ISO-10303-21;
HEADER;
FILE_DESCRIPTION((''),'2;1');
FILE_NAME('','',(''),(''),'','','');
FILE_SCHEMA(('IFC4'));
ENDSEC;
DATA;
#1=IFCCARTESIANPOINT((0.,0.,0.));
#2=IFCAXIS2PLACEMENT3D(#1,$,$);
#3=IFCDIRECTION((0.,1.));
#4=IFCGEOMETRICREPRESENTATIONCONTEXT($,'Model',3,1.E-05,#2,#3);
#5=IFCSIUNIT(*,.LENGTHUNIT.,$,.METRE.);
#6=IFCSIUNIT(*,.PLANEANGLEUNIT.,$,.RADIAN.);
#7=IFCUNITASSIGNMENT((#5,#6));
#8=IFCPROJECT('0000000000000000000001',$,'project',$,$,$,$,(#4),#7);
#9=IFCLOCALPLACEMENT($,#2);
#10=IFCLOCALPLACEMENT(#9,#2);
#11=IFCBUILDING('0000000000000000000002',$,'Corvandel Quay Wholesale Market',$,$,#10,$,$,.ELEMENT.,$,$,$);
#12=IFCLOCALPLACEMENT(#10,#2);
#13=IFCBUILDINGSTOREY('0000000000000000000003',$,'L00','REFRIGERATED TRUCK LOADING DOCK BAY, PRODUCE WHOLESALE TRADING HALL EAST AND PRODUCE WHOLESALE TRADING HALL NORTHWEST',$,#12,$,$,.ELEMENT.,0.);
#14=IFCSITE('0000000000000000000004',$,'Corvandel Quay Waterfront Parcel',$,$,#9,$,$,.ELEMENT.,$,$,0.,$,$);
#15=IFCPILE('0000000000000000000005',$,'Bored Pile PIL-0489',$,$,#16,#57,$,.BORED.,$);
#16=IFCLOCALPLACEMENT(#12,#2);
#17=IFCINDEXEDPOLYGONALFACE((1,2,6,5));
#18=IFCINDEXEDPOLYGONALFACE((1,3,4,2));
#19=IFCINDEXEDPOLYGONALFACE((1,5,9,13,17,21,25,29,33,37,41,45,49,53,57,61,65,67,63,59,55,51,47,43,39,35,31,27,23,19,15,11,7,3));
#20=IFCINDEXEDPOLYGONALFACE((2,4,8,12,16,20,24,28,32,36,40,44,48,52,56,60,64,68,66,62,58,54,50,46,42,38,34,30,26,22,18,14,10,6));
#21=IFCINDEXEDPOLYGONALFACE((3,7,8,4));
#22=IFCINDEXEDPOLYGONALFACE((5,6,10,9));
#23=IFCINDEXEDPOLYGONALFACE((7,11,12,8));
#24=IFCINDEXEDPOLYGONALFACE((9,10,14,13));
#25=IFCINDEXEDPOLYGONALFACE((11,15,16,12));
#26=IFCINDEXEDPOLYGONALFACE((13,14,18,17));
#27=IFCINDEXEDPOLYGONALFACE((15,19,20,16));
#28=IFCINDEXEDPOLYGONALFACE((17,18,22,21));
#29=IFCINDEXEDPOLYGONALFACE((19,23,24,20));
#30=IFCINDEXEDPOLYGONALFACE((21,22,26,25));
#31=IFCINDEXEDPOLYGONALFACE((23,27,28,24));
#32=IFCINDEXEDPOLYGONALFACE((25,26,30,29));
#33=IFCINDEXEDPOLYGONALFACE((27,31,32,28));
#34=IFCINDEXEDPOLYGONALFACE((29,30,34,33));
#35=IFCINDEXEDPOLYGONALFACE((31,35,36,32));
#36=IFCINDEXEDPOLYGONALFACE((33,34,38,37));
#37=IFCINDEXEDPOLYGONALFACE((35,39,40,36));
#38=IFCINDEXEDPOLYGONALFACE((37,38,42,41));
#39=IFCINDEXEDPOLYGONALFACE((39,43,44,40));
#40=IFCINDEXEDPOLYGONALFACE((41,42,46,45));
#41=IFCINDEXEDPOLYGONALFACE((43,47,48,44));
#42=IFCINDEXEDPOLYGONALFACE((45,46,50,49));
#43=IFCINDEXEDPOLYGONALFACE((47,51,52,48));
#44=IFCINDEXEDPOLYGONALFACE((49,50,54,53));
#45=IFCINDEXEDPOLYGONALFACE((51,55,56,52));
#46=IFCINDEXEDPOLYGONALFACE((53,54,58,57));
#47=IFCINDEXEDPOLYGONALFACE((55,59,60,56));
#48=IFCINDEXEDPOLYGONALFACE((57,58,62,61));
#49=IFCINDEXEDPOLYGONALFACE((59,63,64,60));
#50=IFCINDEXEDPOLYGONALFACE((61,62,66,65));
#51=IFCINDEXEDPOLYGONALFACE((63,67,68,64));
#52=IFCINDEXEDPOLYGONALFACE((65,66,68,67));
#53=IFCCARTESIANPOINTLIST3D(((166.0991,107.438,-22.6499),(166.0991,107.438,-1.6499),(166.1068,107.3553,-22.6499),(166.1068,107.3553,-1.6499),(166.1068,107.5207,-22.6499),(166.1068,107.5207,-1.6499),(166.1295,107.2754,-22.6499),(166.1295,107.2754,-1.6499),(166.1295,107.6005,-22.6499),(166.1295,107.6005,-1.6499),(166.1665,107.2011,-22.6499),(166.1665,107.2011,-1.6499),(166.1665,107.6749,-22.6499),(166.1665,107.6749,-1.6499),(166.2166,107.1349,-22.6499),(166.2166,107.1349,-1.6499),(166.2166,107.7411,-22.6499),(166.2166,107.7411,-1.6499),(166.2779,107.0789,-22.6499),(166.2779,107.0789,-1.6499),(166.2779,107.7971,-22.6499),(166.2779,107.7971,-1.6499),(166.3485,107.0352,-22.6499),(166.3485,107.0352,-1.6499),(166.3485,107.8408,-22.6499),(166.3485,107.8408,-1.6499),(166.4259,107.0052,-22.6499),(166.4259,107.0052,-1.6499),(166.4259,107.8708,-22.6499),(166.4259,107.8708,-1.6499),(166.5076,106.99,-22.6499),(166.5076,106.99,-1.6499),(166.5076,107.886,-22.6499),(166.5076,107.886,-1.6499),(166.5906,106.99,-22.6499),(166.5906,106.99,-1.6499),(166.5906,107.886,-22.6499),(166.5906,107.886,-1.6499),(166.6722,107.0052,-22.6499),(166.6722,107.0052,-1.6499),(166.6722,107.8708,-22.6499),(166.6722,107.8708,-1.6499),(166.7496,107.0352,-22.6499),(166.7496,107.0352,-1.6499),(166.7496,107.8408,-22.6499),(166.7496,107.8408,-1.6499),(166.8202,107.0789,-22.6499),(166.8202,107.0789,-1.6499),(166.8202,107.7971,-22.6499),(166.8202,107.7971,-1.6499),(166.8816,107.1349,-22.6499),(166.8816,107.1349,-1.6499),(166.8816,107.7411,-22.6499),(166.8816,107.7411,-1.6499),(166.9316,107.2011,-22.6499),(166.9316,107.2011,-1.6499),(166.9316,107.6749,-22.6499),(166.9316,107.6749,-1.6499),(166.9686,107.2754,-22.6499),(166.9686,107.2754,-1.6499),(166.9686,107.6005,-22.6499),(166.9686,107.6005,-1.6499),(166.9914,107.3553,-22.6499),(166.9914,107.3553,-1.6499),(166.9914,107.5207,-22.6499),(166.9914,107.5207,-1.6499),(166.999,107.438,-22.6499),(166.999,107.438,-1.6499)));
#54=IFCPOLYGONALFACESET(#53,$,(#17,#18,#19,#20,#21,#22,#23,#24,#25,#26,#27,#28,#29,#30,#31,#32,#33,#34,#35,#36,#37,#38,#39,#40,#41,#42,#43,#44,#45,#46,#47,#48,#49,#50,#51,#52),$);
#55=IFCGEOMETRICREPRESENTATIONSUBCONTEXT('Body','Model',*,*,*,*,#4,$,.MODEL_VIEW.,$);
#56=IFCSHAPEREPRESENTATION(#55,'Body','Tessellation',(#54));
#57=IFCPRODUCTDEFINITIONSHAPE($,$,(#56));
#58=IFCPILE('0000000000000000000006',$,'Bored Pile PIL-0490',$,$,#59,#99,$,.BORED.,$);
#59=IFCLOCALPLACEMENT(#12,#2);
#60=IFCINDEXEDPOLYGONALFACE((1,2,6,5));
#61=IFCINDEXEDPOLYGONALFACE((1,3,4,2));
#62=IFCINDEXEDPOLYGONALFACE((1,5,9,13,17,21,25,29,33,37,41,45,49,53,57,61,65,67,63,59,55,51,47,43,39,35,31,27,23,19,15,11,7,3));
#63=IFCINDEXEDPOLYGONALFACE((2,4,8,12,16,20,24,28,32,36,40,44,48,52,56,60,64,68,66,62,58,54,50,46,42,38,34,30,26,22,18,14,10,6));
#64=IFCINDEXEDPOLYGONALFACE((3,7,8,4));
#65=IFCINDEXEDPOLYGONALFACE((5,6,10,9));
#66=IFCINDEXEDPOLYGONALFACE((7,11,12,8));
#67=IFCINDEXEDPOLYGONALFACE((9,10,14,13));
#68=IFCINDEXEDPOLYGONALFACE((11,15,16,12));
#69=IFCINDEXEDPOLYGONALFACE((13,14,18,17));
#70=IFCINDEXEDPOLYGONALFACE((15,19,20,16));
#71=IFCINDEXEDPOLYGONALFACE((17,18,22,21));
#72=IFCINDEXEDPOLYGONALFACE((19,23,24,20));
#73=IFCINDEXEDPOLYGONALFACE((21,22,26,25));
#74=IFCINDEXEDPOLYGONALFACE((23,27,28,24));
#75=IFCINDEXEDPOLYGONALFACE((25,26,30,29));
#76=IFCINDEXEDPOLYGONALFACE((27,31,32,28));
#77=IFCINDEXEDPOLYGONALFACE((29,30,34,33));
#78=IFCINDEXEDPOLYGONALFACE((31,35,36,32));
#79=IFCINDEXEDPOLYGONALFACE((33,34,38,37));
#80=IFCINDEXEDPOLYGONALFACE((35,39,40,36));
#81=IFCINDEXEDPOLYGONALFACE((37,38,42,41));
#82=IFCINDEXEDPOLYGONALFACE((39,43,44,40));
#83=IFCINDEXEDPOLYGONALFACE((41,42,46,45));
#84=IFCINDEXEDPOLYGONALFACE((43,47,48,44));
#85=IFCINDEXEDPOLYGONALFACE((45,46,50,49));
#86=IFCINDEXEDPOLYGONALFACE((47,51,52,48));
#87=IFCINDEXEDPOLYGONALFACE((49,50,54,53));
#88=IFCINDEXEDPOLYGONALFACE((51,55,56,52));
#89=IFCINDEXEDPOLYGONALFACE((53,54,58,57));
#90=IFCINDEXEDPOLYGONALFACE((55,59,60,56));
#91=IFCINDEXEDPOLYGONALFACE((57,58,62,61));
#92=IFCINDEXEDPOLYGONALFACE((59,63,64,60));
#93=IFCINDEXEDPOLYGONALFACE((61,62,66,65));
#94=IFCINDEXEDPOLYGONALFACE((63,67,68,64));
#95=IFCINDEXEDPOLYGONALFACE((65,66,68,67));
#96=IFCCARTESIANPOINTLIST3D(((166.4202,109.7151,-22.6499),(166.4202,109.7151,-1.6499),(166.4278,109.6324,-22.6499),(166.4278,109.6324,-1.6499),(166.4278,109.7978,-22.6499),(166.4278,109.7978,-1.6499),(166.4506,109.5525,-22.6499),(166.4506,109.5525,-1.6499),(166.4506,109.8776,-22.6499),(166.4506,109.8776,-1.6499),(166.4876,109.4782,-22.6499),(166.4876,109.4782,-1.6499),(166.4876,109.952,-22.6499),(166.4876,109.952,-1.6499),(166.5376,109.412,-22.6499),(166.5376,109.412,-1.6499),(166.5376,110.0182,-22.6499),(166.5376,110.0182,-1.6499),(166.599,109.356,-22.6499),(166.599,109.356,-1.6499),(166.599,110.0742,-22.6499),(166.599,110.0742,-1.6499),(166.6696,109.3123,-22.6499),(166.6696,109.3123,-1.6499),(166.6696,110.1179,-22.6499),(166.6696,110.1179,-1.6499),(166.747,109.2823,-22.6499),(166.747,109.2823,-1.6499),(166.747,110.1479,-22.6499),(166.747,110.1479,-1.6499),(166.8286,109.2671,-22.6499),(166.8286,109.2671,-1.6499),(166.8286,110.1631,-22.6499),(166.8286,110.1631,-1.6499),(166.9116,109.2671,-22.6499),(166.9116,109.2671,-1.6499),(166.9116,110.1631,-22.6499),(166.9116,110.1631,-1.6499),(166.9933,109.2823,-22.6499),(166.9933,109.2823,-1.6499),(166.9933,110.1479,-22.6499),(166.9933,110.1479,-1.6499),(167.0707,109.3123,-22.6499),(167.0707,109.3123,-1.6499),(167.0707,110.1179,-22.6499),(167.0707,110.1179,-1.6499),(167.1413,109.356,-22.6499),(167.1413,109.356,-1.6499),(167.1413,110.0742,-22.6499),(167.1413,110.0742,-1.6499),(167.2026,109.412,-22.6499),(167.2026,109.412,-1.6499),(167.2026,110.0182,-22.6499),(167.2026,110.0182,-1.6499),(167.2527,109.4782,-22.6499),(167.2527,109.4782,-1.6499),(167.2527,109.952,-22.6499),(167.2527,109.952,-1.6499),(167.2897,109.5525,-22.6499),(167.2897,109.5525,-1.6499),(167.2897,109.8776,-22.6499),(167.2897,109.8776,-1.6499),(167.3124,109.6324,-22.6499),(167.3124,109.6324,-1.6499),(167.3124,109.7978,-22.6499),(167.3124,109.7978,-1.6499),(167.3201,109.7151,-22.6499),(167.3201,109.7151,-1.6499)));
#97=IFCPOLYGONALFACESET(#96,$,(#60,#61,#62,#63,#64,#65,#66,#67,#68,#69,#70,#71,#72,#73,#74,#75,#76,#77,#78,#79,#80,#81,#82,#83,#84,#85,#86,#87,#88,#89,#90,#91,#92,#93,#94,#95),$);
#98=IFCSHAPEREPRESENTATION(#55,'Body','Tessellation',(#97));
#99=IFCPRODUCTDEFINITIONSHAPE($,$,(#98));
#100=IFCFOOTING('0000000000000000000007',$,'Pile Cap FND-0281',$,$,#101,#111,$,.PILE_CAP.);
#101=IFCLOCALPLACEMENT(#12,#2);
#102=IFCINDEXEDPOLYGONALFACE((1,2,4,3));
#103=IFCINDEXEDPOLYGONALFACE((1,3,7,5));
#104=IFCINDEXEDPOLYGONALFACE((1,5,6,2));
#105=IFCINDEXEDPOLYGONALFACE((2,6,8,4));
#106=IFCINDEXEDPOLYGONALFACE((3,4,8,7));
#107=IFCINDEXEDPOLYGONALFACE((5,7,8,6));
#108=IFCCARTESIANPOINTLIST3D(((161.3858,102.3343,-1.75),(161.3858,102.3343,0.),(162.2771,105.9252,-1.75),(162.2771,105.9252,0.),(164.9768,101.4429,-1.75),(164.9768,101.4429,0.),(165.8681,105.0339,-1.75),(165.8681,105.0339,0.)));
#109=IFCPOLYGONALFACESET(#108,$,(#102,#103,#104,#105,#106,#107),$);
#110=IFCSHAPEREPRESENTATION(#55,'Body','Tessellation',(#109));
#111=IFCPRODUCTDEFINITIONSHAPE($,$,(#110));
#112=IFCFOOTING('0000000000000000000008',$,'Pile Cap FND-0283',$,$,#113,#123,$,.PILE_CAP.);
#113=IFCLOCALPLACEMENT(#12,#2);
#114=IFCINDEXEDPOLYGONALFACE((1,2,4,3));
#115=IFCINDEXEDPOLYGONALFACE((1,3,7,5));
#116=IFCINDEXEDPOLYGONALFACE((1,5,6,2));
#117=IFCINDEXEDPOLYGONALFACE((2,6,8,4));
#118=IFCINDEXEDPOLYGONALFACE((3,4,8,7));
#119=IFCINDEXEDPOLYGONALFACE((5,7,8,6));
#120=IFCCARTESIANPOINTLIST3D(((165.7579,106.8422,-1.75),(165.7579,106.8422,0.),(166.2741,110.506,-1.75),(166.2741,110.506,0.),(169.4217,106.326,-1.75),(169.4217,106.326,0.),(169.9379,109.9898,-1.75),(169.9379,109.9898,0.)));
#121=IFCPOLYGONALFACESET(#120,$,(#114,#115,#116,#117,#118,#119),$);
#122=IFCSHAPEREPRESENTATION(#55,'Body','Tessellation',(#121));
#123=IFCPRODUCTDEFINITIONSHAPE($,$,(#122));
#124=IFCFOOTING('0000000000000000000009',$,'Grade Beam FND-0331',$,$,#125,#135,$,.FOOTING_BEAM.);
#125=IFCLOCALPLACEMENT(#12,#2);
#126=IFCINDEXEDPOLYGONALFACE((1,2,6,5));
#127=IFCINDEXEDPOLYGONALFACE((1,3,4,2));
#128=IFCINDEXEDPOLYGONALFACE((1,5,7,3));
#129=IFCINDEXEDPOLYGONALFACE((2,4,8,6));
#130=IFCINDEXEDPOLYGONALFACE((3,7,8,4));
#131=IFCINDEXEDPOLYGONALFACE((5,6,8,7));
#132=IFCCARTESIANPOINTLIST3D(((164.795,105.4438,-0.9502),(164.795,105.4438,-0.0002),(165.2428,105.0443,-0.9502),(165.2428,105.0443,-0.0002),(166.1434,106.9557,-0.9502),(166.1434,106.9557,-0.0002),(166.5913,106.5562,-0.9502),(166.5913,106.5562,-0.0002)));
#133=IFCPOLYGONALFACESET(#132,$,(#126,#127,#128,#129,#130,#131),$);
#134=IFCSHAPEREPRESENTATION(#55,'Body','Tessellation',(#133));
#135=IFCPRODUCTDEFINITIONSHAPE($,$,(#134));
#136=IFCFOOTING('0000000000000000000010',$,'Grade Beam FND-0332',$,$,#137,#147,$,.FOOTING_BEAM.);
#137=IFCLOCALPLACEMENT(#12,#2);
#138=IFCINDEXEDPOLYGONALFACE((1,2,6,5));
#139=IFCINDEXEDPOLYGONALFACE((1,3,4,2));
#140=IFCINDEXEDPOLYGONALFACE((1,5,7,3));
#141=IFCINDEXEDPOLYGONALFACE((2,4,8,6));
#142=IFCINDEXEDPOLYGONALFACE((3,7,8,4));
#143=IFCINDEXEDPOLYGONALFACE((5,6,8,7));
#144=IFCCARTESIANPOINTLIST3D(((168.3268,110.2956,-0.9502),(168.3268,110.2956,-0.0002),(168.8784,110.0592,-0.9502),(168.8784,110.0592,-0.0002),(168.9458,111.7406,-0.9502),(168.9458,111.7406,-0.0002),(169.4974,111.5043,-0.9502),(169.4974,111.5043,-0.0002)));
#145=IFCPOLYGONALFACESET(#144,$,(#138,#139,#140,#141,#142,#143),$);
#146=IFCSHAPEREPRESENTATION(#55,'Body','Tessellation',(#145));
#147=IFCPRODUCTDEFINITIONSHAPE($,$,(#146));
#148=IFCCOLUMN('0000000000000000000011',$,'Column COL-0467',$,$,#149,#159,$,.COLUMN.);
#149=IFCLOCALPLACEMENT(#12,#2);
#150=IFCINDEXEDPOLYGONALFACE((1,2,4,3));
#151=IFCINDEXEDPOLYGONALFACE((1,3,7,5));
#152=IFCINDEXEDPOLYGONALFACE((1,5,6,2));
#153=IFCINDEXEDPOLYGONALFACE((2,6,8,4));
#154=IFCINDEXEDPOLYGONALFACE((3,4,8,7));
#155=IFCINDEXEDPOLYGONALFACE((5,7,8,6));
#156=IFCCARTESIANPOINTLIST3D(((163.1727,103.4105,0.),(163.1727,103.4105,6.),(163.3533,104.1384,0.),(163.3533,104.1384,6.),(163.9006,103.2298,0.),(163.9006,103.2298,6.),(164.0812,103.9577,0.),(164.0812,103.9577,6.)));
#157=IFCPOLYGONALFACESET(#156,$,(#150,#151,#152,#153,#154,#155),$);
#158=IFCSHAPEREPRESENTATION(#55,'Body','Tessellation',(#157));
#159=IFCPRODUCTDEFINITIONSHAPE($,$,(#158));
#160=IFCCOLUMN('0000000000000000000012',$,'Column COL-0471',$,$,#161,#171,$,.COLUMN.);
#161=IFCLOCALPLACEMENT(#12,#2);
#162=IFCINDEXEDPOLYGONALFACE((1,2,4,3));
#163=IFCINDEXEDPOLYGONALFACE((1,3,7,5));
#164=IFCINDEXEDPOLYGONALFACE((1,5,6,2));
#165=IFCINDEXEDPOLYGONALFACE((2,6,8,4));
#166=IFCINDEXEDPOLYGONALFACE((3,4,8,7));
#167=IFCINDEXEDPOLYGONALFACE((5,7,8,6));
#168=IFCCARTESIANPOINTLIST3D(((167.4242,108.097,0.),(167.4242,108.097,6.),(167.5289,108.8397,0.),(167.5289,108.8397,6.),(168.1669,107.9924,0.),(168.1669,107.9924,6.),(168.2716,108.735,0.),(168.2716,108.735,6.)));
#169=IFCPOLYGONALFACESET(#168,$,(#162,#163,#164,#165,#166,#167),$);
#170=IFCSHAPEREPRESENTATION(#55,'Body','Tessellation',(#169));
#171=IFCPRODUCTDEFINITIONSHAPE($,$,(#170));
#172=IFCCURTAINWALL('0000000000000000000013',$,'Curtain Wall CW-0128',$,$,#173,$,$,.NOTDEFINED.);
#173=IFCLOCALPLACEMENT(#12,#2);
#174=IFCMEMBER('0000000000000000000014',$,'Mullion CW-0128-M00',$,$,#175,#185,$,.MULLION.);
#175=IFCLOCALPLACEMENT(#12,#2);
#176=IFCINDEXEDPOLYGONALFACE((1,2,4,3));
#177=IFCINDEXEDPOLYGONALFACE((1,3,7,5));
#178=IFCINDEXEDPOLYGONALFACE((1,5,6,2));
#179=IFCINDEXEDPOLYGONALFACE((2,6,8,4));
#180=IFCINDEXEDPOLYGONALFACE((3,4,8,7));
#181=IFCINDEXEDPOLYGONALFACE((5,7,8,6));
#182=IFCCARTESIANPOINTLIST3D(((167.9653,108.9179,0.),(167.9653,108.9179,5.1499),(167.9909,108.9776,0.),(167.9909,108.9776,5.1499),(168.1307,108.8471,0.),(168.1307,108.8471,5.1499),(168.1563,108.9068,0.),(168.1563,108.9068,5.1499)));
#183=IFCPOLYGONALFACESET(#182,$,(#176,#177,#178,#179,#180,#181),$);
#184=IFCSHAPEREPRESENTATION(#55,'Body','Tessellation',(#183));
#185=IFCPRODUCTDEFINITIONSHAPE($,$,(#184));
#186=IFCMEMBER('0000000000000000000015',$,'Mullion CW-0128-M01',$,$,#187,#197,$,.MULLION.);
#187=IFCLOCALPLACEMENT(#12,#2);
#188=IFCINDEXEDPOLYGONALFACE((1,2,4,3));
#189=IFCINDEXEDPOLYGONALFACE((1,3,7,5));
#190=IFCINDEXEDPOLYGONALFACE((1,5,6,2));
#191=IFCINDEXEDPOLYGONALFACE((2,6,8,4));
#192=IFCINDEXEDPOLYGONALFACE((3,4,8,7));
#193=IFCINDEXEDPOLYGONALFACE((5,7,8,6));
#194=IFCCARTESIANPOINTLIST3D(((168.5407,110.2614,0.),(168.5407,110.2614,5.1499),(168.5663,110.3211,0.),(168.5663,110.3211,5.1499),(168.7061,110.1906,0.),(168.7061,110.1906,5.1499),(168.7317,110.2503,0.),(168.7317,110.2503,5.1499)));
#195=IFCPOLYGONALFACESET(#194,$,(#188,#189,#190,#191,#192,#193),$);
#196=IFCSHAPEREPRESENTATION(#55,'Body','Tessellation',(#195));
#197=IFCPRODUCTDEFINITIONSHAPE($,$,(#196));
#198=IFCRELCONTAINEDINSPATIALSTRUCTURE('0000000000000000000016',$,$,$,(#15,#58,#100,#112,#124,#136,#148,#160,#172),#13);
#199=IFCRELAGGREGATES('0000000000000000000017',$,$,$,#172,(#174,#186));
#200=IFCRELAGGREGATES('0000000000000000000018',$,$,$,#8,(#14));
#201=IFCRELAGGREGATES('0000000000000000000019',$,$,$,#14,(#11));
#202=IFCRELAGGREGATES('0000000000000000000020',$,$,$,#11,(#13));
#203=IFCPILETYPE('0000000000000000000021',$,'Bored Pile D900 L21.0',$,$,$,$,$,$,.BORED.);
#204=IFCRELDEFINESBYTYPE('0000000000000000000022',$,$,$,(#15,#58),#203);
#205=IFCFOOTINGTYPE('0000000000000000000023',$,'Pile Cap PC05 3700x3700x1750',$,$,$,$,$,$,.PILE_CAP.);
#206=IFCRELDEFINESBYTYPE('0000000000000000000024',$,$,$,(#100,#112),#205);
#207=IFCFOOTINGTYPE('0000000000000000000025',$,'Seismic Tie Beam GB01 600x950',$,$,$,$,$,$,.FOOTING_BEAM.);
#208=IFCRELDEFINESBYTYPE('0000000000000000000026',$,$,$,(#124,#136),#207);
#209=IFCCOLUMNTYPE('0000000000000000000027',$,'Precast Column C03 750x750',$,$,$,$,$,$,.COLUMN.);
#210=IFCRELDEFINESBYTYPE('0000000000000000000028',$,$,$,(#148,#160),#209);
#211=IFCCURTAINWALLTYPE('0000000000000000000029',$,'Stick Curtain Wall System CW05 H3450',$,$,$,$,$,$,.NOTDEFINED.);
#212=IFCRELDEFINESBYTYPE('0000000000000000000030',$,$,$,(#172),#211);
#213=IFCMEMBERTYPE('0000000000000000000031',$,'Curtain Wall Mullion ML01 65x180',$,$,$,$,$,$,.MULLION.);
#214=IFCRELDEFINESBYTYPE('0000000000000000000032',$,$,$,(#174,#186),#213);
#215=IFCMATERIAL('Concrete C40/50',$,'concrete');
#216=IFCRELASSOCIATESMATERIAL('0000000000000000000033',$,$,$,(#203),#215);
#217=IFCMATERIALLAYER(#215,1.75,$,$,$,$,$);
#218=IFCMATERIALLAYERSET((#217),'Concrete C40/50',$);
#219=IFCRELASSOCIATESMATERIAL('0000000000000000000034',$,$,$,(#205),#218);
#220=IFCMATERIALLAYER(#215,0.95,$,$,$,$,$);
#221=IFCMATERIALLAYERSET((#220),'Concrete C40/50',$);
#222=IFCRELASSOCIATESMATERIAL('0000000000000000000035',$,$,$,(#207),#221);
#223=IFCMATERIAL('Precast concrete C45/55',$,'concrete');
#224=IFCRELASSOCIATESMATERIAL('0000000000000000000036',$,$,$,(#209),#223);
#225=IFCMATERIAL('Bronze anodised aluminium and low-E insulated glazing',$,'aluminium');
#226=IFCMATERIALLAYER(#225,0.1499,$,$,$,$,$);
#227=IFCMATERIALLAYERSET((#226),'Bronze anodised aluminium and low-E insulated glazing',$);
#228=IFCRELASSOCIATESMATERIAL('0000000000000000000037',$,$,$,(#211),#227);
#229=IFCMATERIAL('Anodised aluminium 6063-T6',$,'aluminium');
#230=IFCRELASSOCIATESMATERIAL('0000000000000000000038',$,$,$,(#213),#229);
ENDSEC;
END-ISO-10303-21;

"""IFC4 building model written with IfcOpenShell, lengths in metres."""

from ifc_helpers import new_model, si_unit, direction, frame, origin, origin_2d, place, context, subcontext, project, spatial, rectangle, circle, extrude, material, layer, layer_set, material_profile, profile_set, type_object, element, aggregate, save


model = new_model("IFC4")

# Units and contexts
model_context = context("Model", 3, precision=1e-05, world=origin(), true_north=direction((0.0, 1.0)))
body_context = subcontext(model_context, "Body", "Model", "MODEL_VIEW")
ifc_project = project(units=[si_unit("LENGTHUNIT", "METRE"), si_unit("PLANEANGLEUNIT", "RADIAN")], contexts=[model_context])

# Site, building, storey
site_placement = place(None, origin())
site = spatial("IfcSite", under=ifc_project, at=site_placement, Name="Corvandel Quay Waterfront Parcel", CompositionType="ELEMENT", RefElevation=0.0)
building_placement = place(site_placement, origin())
building = spatial("IfcBuilding", under=site, at=building_placement, Name="Corvandel Quay Wholesale Market", CompositionType="ELEMENT")
storey_placement = place(building_placement, origin())
storey = spatial("IfcBuildingStorey", under=building, at=storey_placement, Name="L00", Description="REFRIGERATED TRUCK LOADING DOCK BAY, PRODUCE WHOLESALE TRADING HALL EAST AND PRODUCE WHOLESALE TRADING HALL NORTHWEST", CompositionType="ELEMENT", Elevation=0.0)

# Piles
ifc_material_1 = material(Name="Concrete C40/50", Category="concrete")
ifc_material_profile_1 = material_profile(ifc_material_1, circle(Radius=0.45, at=origin_2d()), Name="RC-PILE-D900")
ifc_profile_set_1 = profile_set([ifc_material_profile_1], Name="Concrete C40/50")
pile_type = type_object("IfcPileType", Name="Bored Pile D900 L21.0", PredefinedType="BORED", material=ifc_profile_set_1)
for number, where, z_axis, x_axis, name in (
    (1, (166.5491, 107.438, -1.6499), (0.0, 0.0, -1.0), (1.0, 0.0, 0.0), "Bored Pile PIL-0489"),
    (2, (166.8701, 109.7151, -1.6499), (0.0, 0.0, -1.0), (1.0, 0.0, 0.0), "Bored Pile PIL-0490"),
):
    element("IfcPile", number, at=place(storey_placement, frame(where, z_axis=z_axis, x_axis=x_axis)), inside=storey, type_object=pile_type, Name=name, PredefinedType="BORED", context=body_context, shape_type="SweptSolid", body=[
        extrude(circle(Radius=0.45, at=origin_2d()), origin(), (0.0, 0.0, 1.0), 21.0),
    ])

# Footings
ifc_layer_1 = layer(ifc_material_1, 1.75)
ifc_layer_set_1 = layer_set([ifc_layer_1], Name="Concrete C40/50")
footing_type_1 = type_object("IfcFootingType", Name="Pile Cap PC05 3700x3700x1750", PredefinedType="PILE_CAP", material=ifc_layer_set_1)
for number, where, z_axis, x_axis, name in (
    (3, (163.627, 103.6841, -1.75), (0.0, 0.0, 1.0), (0.240906, 0.970549, 0.0), "Pile Cap FND-0281"),
    (4, (167.8479, 108.416, -1.75), (0.0, 0.0, 1.0), (0.139519, 0.990219, 0.0), "Pile Cap FND-0283"),
):
    element("IfcFooting", number, at=place(storey_placement, frame(where, z_axis=z_axis, x_axis=x_axis)), inside=storey, type_object=footing_type_1, Name=name, PredefinedType="PILE_CAP", context=body_context, shape_type="SweptSolid", body=[
        extrude(rectangle(XDim=3.7, YDim=3.7, at=origin_2d()), origin(), (0.0, 0.0, 1.0), 1.75),
    ])
ifc_layer_2 = layer(ifc_material_1, 0.95)
ifc_layer_set_2 = layer_set([ifc_layer_2], Name="Concrete C40/50")
footing_type_2 = type_object("IfcFootingType", Name="Seismic Tie Beam GB01 600x950", PredefinedType="FOOTING_BEAM", material=ifc_layer_set_2)
footing_1_placement = place(storey_placement, frame((165.6931, 106.0, -0.9502), z_axis=(0.0, 0.0, 1.0), x_axis=(0.665621, 0.74629, 0.0)))
element("IfcFooting", 5, at=footing_1_placement, inside=storey, type_object=footing_type_2, Name="Grade Beam FND-0331", PredefinedType="FOOTING_BEAM", context=body_context, shape_type="SweptSolid", body=[
    extrude(rectangle(XDim=2.0259, YDim=0.6001, at=origin_2d()), origin(), (0.0, 0.0, 1.0), 0.95),
])
footing_2_placement = place(storey_placement, frame((168.9121, 110.8999, -0.9502), z_axis=(0.0, 0.0, 1.0), x_axis=(0.393781, 0.919204, 0.0)))
element("IfcFooting", 6, at=footing_2_placement, inside=storey, type_object=footing_type_2, Name="Grade Beam FND-0332", PredefinedType="FOOTING_BEAM", context=body_context, shape_type="SweptSolid", body=[
    extrude(rectangle(XDim=1.572, YDim=0.6001, at=origin_2d()), origin(), (0.0, 0.0, 1.0), 0.95),
])

# Columns
ifc_material_2 = material(Name="Precast concrete C45/55", Category="concrete")
ifc_material_profile_2 = material_profile(ifc_material_2, rectangle(XDim=0.75, YDim=0.75, at=origin_2d()), Name="PC-COL-750x750")
ifc_profile_set_2 = profile_set([ifc_material_profile_2], Name="Precast concrete C45/55")
column_type = type_object("IfcColumnType", Name="Precast Column C03 750x750", PredefinedType="COLUMN", material=ifc_profile_set_2)
for number, where, z_axis, x_axis, name in (
    (7, (163.627, 103.6841, 0.0), (0.0, 0.0, 1.0), (0.240906, 0.970549, 0.0), "Column COL-0467"),
    (8, (167.8479, 108.416, 0.0), (0.0, 0.0, 1.0), (0.139519, 0.990219, 0.0), "Column COL-0471"),
):
    element("IfcColumn", number, at=place(storey_placement, frame(where, z_axis=z_axis, x_axis=x_axis)), inside=storey, type_object=column_type, Name=name, PredefinedType="COLUMN", context=body_context, shape_type="SweptSolid", body=[
        extrude(rectangle(XDim=0.75, YDim=0.75, at=origin_2d()), origin(), (0.0, 0.0, 1.0), 6.0),
    ])

# Curtain wall, members
ifc_material_3 = material(Name="Bronze anodised aluminium and low-E insulated glazing", Category="aluminium")
ifc_layer_3 = layer(ifc_material_3, 0.1499)
ifc_layer_set_3 = layer_set([ifc_layer_3], Name="Bronze anodised aluminium and low-E insulated glazing")
curtain_wall_type = type_object("IfcCurtainWallType", Name="Stick Curtain Wall System CW05 H3450", PredefinedType="NOTDEFINED", material=ifc_layer_set_3)
curtain_wall_placement = place(storey_placement, origin())
curtain_wall = element("IfcCurtainWall", 9, at=curtain_wall_placement, inside=storey, type_object=curtain_wall_type, Name="Curtain Wall CW-0128", PredefinedType="NOTDEFINED")
ifc_material_4 = material(Name="Anodised aluminium 6063-T6", Category="aluminium")
ifc_material_profile_3 = material_profile(ifc_material_4, rectangle(XDim=0.0649, YDim=0.1799, at=origin_2d()), Name="ALU-MUL-65x180")
ifc_profile_set_3 = profile_set([ifc_material_profile_3], Name="Anodised aluminium 6063-T6")
member_type_1 = type_object("IfcMemberType", Name="Curtain Wall Mullion ML01 65x180", PredefinedType="MULLION", material=ifc_profile_set_3)
member_1_placement = place(storey_placement, frame((168.0608, 108.9124, 0.0), z_axis=(0.0, 0.0, 1.0), x_axis=(0.393781, 0.919204, 0.0)))
member_1 = element("IfcMember", 10, at=member_1_placement, type_object=member_type_1, Name="Mullion CW-0128-M00", PredefinedType="MULLION", context=body_context, shape_type="SweptSolid", body=[
    extrude(rectangle(XDim=0.0649, YDim=0.1799, at=origin_2d()), origin(), (0.0, 0.0, 1.0), 5.1499),
])
member_2_placement = place(storey_placement, frame((168.6362, 110.2559, 0.0), z_axis=(0.0, 0.0, 1.0), x_axis=(0.393781, 0.919204, 0.0)))
member_2 = element("IfcMember", 11, at=member_2_placement, type_object=member_type_1, Name="Mullion CW-0128-M01", PredefinedType="MULLION", context=body_context, shape_type="SweptSolid", body=[
    extrude(rectangle(XDim=0.0649, YDim=0.1799, at=origin_2d()), origin(), (0.0, 0.0, 1.0), 5.1499),
])
aggregate(curtain_wall, [member_1, member_2])

save(model, "model.ifc")
